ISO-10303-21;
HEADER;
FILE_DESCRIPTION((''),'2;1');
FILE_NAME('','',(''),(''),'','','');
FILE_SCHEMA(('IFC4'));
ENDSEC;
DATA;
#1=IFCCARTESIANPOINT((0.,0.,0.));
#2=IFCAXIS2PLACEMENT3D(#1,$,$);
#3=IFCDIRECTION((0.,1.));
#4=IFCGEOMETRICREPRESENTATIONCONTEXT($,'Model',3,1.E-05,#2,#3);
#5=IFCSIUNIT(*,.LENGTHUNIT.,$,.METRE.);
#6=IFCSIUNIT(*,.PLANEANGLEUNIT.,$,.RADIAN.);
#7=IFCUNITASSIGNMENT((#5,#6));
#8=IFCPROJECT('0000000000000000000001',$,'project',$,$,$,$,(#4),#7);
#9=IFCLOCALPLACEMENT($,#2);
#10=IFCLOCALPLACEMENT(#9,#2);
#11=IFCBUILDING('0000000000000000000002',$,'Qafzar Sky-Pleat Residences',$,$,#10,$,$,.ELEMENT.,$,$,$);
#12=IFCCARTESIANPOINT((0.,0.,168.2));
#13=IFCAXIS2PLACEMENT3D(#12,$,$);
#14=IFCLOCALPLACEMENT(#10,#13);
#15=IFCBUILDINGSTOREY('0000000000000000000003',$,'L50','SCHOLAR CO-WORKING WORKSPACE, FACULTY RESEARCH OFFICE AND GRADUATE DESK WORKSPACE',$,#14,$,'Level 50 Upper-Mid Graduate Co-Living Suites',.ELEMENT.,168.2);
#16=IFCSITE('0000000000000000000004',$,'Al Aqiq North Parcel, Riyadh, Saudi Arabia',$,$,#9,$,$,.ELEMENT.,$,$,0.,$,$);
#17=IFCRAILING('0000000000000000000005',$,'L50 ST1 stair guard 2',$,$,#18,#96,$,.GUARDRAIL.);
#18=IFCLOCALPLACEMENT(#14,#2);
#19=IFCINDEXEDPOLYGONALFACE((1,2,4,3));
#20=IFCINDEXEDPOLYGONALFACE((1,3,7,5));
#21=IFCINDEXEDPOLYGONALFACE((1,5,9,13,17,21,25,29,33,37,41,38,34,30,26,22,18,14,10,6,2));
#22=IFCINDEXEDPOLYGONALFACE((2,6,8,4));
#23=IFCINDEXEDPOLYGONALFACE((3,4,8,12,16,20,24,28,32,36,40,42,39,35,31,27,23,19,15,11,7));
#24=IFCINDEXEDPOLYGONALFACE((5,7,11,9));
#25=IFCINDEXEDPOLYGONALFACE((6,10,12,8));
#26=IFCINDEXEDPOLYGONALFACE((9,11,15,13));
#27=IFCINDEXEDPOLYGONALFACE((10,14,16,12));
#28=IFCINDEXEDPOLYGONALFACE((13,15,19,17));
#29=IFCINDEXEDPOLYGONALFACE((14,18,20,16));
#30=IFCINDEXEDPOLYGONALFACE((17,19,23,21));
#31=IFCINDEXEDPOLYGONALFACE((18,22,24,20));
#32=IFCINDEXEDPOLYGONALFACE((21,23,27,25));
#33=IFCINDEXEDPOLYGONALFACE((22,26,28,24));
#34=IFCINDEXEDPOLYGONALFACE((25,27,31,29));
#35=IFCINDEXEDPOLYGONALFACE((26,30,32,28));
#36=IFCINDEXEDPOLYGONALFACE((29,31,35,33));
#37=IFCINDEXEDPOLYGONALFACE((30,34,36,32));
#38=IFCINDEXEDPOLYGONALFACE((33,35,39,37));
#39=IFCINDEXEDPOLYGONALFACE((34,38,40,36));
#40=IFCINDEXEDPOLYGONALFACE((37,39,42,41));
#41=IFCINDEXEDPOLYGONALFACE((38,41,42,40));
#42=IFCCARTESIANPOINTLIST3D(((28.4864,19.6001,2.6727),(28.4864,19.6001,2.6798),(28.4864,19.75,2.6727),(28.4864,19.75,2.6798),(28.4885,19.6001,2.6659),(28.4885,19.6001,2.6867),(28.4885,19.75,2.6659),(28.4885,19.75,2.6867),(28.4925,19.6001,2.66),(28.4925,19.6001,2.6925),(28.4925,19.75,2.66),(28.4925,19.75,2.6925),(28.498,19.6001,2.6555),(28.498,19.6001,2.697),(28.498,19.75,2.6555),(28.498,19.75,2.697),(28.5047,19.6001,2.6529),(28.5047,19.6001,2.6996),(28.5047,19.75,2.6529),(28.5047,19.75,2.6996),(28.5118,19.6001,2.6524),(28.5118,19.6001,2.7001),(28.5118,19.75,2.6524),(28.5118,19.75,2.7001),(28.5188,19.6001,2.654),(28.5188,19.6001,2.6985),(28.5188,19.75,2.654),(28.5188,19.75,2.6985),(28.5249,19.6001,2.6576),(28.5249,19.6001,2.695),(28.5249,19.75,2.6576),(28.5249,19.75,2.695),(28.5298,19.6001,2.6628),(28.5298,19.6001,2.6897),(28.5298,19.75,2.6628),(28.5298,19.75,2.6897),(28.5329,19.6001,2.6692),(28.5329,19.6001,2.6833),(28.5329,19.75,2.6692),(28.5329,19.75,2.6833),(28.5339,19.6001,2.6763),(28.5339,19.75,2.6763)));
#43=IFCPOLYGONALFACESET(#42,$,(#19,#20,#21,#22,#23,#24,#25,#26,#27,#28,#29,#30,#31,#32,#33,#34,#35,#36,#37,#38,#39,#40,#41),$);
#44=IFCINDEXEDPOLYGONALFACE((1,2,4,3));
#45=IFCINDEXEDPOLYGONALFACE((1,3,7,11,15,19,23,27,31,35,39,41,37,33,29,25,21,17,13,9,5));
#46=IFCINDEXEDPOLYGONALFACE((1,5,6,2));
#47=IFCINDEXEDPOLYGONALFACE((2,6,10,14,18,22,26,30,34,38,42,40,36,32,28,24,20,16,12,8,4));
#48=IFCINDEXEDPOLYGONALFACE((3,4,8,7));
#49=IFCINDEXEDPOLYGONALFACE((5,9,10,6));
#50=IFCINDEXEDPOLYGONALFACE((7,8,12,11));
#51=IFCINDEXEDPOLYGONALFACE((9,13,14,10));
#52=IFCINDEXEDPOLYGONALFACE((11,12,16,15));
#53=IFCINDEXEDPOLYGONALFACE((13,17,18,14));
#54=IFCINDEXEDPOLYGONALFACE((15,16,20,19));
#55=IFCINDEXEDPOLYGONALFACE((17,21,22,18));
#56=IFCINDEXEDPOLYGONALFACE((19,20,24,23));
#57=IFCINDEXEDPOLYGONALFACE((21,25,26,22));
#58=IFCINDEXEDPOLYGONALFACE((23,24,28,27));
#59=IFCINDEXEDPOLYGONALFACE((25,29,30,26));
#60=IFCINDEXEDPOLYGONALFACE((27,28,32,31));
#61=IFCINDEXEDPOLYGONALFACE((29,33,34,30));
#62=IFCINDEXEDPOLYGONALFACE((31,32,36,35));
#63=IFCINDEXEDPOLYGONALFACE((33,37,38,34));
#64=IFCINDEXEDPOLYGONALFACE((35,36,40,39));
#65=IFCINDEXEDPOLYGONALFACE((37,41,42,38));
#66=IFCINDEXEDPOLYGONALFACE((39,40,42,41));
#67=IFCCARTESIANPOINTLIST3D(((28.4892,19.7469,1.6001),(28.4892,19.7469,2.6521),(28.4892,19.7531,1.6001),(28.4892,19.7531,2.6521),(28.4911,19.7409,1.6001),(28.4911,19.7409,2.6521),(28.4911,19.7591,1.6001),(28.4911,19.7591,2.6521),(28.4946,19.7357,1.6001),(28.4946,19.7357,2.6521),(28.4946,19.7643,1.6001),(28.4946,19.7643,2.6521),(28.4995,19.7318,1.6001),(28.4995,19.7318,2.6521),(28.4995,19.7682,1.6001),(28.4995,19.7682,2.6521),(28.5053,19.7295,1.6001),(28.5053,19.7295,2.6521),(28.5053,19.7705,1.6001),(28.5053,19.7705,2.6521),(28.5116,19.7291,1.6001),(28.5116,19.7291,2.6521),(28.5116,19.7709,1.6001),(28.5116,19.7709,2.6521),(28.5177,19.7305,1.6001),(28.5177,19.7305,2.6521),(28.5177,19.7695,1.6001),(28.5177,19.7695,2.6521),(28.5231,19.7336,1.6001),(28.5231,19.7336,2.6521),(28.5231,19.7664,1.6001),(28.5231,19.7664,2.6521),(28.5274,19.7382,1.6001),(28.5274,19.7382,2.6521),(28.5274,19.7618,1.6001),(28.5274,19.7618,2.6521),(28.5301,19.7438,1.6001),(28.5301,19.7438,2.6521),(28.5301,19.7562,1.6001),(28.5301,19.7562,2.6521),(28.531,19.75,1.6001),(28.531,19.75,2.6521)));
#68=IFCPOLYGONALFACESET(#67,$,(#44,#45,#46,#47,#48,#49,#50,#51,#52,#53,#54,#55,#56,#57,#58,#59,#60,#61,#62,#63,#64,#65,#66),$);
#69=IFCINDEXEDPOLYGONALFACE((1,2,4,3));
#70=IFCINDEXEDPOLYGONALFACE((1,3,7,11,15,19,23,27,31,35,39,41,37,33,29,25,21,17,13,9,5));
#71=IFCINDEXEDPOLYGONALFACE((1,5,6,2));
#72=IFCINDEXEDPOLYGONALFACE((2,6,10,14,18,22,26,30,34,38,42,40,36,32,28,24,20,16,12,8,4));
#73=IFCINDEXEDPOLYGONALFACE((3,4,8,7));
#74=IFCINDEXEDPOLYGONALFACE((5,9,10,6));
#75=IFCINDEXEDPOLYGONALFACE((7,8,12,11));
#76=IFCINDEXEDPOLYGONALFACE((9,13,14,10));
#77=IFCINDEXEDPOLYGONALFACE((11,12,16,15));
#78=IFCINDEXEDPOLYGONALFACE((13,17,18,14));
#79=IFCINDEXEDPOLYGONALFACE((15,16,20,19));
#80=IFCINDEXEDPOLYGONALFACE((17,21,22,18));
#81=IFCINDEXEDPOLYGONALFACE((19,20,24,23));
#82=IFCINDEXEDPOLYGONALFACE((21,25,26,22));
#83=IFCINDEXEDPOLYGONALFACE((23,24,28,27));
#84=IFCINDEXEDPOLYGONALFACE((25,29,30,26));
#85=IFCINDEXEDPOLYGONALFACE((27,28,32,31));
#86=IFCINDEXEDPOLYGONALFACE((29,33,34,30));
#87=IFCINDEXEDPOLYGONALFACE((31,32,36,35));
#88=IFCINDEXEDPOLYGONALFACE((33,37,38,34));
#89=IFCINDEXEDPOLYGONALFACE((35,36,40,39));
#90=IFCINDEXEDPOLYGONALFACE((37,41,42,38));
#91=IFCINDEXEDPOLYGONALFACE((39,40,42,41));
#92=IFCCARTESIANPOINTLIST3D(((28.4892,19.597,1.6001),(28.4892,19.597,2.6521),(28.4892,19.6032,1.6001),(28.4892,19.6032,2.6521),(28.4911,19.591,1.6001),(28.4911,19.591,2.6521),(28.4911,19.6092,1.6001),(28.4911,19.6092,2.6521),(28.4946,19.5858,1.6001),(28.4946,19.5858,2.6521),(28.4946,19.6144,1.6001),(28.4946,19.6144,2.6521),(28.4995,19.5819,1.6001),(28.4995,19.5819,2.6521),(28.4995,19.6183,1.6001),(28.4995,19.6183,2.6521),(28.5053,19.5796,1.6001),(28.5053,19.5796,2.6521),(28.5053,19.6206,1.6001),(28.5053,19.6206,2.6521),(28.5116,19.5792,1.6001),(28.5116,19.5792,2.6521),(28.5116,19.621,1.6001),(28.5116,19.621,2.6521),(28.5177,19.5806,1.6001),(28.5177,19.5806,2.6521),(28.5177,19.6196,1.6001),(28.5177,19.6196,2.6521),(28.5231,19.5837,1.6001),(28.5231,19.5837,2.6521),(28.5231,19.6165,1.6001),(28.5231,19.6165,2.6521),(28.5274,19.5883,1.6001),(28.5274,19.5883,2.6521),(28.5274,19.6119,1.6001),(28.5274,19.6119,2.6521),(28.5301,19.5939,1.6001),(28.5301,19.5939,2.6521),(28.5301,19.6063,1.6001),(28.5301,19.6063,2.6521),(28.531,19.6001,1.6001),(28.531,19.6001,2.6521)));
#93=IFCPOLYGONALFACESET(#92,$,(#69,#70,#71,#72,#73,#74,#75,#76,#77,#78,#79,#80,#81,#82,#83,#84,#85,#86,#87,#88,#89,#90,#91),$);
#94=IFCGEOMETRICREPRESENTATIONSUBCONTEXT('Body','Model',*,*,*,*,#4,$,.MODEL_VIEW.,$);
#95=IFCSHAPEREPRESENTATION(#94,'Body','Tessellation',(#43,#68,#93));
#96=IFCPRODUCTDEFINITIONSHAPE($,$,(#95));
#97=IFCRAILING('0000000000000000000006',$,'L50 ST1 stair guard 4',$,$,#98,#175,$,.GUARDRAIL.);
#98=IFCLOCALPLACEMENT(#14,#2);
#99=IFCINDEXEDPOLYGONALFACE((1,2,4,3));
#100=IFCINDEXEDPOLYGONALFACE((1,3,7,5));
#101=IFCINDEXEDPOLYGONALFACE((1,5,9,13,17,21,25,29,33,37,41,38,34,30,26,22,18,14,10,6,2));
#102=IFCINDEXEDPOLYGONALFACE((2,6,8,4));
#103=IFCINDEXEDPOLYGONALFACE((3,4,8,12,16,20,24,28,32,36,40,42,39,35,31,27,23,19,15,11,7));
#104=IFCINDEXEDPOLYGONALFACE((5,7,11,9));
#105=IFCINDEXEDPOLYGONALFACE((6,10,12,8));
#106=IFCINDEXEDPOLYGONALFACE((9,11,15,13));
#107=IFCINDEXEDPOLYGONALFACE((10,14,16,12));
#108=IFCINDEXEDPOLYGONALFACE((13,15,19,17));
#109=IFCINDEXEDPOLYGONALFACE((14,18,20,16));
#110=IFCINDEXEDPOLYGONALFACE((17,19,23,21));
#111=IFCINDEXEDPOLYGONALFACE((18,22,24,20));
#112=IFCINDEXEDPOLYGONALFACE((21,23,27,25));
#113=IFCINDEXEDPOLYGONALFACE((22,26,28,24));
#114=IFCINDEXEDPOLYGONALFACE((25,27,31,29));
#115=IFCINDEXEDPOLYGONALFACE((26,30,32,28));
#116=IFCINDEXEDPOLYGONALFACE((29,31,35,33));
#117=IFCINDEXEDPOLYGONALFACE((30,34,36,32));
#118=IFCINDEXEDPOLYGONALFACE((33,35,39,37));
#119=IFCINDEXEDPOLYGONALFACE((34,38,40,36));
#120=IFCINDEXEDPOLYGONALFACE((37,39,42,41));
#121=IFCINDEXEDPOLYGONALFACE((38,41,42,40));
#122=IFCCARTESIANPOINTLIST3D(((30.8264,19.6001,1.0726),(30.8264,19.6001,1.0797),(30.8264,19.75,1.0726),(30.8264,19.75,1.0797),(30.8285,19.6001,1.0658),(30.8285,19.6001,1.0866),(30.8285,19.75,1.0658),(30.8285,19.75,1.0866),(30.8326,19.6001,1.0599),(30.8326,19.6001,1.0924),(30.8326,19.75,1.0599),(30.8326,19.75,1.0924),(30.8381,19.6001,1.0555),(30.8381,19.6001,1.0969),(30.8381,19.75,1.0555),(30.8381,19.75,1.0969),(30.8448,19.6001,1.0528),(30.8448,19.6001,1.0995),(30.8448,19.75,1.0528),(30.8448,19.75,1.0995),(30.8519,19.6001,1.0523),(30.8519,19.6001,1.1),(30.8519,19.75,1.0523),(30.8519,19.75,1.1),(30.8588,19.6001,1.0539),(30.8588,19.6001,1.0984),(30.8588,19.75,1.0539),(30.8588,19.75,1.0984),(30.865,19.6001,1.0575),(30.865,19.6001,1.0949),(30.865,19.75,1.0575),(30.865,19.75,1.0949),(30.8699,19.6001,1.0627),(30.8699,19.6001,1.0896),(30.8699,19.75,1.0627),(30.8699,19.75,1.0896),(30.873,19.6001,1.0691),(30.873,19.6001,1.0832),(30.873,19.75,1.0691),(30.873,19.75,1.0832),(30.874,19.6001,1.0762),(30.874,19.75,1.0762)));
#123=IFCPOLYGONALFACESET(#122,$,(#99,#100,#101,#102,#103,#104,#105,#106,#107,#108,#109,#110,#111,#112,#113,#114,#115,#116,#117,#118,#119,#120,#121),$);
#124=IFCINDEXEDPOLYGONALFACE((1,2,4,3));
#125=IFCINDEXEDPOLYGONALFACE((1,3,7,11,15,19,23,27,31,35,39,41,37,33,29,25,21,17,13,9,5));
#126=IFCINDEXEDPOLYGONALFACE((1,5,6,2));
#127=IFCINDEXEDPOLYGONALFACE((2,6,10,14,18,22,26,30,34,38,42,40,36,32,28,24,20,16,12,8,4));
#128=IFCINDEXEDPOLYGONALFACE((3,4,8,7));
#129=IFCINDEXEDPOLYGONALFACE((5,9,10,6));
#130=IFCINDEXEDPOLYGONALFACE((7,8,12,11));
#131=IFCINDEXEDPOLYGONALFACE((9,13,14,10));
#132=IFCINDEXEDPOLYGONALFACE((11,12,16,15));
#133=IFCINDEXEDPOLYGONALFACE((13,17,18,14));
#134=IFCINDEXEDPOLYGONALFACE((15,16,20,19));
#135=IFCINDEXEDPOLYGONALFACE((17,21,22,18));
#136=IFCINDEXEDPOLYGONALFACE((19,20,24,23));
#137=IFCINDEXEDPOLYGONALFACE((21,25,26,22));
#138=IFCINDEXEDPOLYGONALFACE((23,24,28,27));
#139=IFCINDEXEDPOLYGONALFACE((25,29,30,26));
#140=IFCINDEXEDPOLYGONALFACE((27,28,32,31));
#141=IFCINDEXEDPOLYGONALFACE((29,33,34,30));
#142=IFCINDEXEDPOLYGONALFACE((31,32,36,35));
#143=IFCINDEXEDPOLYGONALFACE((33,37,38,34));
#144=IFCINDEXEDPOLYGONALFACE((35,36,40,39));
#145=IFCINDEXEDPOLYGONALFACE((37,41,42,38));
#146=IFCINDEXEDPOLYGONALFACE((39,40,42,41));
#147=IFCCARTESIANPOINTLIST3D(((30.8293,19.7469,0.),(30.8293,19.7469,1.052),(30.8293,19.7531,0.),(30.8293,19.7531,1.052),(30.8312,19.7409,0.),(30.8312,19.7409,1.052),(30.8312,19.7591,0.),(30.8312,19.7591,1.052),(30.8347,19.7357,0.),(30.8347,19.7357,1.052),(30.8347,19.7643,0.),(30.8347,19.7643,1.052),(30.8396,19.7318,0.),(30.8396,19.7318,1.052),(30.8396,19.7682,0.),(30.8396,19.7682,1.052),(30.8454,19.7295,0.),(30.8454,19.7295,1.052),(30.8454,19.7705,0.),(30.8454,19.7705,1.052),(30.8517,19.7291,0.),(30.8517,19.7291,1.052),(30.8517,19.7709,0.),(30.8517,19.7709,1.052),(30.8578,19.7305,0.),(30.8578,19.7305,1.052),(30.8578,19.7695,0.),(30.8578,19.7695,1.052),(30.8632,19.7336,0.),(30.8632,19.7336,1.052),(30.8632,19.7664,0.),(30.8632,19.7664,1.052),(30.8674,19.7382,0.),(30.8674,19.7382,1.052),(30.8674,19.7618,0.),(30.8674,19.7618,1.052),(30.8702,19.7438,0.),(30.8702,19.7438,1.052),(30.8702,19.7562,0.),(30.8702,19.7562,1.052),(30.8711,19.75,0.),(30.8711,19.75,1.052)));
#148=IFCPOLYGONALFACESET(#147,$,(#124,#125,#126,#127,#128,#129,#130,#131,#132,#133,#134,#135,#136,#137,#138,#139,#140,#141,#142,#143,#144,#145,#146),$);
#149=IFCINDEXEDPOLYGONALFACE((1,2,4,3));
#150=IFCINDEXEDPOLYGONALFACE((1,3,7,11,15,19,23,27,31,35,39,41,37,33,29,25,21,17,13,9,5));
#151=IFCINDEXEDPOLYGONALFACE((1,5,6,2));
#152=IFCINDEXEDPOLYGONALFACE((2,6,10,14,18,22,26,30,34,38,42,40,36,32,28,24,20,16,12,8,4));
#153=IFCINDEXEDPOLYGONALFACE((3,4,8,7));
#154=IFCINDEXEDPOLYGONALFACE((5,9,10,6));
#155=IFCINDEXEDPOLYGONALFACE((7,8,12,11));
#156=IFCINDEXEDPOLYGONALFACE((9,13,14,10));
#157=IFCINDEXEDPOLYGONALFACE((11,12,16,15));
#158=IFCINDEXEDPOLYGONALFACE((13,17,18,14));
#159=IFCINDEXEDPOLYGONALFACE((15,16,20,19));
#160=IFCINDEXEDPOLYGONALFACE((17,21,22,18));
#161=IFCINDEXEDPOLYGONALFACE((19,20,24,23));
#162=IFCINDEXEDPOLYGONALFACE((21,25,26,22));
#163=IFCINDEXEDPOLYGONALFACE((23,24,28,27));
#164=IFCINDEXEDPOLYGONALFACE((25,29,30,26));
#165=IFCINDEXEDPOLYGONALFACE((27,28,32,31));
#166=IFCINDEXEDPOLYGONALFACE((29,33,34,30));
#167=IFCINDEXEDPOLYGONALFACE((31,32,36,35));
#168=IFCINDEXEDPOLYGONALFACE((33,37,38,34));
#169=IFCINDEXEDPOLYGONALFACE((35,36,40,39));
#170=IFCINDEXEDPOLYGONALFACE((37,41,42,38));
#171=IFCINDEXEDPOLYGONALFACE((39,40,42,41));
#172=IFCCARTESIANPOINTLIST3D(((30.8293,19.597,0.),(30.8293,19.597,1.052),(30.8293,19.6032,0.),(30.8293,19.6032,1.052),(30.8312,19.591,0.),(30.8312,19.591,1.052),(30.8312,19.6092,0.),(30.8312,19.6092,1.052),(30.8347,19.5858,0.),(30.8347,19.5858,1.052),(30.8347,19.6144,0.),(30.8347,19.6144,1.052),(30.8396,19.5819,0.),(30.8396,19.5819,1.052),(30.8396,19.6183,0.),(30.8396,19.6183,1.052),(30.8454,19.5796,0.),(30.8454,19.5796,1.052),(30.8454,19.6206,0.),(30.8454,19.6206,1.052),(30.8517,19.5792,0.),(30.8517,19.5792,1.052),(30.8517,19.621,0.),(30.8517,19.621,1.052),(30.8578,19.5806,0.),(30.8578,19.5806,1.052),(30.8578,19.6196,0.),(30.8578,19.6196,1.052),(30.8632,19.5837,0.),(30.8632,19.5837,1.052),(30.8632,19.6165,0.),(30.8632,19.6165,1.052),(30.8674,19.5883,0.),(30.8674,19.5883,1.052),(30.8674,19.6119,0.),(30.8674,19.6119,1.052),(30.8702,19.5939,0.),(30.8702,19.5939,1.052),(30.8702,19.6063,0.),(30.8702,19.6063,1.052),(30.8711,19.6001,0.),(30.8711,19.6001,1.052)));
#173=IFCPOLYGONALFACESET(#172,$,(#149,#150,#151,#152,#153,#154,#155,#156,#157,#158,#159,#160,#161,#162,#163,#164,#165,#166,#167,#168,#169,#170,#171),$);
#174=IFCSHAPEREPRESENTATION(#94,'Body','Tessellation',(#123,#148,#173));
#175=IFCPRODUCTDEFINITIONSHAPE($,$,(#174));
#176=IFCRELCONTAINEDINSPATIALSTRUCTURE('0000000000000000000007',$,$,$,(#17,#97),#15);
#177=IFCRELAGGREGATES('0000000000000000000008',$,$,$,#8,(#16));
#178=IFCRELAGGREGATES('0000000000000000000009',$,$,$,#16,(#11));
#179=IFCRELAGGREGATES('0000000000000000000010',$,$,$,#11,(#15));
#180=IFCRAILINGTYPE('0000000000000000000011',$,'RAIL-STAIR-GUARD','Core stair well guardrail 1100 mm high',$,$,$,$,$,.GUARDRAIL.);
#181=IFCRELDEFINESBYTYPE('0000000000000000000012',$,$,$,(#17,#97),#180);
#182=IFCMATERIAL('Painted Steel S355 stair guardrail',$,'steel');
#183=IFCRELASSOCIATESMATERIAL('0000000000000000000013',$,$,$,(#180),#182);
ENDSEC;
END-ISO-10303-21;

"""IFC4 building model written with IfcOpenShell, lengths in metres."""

from ifc_helpers import new_model, si_unit, direction, frame, origin, origin_2d, place, context, subcontext, project, spatial, circle, extrude, source, transform, mapped, material, type_object, element, save


model = new_model("IFC4")

# Units and contexts
model_context = context("Model", 3, precision=1e-05, world=origin(), true_north=direction((0.0, 1.0)))
body_context = subcontext(model_context, "Body", "Model", "MODEL_VIEW")
ifc_project = project(units=[si_unit("LENGTHUNIT", "METRE"), si_unit("PLANEANGLEUNIT", "RADIAN")], contexts=[model_context])

# Site, building, storey
site_placement = place(None, origin())
site = spatial("IfcSite", under=ifc_project, at=site_placement, Name="Al Aqiq North Parcel, Riyadh, Saudi Arabia", CompositionType="ELEMENT", RefElevation=0.0)
building_placement = place(site_placement, origin())
building = spatial("IfcBuilding", under=site, at=building_placement, Name="Qafzar Sky-Pleat Residences", CompositionType="ELEMENT")
storey_placement = place(building_placement, frame((0.0, 0.0, 168.2)))
storey = spatial("IfcBuildingStorey", under=building, at=storey_placement, Name="L50", Description="SCHOLAR CO-WORKING WORKSPACE, FACULTY RESEARCH OFFICE AND GRADUATE DESK WORKSPACE", LongName="Level 50 Upper-Mid Graduate Co-Living Suites", CompositionType="ELEMENT", Elevation=168.2)

# Railings
ifc_material_1 = material(Name="Painted Steel S355 stair guardrail", Category="steel")
railing_type_1 = type_object("IfcRailingType", Name="RAIL-STAIR-GUARD", Description="Core stair well guardrail 1100 mm high", PredefinedType="GUARDRAIL", material=ifc_material_1)
shared_shape_1 = source(origin(), body_context, "Body", "SweptSolid", [
    extrude(circle(Radius=0.0239, at=origin_2d()), frame((0.0, 0.0, 1.0762), z_axis=(0.0, -1.0, 0.0), x_axis=(1.0, 0.0, 0.0)), (0.0, 0.0, 1.0), 0.1499),
    extrude(circle(Radius=0.021, at=origin_2d()), origin(), (0.0, 0.0, 1.0), 1.052),
    extrude(circle(Radius=0.021, at=origin_2d()), frame((0.0, -0.1499, 0.0)), (0.0, 0.0, 1.0), 1.052),
])
for number, where, name in (
    (1, (28.51, 19.75, 1.6001), "L50 ST1 stair guard 2"),
    (2, (30.8501, 19.75, 0.0), "L50 ST1 stair guard 4"),
):
    element("IfcRailing", number, at=place(storey_placement, frame(where)), inside=storey, type_object=railing_type_1, Name=name, PredefinedType="GUARDRAIL", context=body_context, shape_type="MappedRepresentation", body=[
        mapped(shared_shape_1, transform((0.0, 0.0, 0.0), x_axis=(1.0, 0.0, 0.0), y_axis=(0.0, 1.0, 0.0), z_axis=(0.0, 0.0, 1.0), scale=1.0)),
    ])

save(model, "model.ifc")
